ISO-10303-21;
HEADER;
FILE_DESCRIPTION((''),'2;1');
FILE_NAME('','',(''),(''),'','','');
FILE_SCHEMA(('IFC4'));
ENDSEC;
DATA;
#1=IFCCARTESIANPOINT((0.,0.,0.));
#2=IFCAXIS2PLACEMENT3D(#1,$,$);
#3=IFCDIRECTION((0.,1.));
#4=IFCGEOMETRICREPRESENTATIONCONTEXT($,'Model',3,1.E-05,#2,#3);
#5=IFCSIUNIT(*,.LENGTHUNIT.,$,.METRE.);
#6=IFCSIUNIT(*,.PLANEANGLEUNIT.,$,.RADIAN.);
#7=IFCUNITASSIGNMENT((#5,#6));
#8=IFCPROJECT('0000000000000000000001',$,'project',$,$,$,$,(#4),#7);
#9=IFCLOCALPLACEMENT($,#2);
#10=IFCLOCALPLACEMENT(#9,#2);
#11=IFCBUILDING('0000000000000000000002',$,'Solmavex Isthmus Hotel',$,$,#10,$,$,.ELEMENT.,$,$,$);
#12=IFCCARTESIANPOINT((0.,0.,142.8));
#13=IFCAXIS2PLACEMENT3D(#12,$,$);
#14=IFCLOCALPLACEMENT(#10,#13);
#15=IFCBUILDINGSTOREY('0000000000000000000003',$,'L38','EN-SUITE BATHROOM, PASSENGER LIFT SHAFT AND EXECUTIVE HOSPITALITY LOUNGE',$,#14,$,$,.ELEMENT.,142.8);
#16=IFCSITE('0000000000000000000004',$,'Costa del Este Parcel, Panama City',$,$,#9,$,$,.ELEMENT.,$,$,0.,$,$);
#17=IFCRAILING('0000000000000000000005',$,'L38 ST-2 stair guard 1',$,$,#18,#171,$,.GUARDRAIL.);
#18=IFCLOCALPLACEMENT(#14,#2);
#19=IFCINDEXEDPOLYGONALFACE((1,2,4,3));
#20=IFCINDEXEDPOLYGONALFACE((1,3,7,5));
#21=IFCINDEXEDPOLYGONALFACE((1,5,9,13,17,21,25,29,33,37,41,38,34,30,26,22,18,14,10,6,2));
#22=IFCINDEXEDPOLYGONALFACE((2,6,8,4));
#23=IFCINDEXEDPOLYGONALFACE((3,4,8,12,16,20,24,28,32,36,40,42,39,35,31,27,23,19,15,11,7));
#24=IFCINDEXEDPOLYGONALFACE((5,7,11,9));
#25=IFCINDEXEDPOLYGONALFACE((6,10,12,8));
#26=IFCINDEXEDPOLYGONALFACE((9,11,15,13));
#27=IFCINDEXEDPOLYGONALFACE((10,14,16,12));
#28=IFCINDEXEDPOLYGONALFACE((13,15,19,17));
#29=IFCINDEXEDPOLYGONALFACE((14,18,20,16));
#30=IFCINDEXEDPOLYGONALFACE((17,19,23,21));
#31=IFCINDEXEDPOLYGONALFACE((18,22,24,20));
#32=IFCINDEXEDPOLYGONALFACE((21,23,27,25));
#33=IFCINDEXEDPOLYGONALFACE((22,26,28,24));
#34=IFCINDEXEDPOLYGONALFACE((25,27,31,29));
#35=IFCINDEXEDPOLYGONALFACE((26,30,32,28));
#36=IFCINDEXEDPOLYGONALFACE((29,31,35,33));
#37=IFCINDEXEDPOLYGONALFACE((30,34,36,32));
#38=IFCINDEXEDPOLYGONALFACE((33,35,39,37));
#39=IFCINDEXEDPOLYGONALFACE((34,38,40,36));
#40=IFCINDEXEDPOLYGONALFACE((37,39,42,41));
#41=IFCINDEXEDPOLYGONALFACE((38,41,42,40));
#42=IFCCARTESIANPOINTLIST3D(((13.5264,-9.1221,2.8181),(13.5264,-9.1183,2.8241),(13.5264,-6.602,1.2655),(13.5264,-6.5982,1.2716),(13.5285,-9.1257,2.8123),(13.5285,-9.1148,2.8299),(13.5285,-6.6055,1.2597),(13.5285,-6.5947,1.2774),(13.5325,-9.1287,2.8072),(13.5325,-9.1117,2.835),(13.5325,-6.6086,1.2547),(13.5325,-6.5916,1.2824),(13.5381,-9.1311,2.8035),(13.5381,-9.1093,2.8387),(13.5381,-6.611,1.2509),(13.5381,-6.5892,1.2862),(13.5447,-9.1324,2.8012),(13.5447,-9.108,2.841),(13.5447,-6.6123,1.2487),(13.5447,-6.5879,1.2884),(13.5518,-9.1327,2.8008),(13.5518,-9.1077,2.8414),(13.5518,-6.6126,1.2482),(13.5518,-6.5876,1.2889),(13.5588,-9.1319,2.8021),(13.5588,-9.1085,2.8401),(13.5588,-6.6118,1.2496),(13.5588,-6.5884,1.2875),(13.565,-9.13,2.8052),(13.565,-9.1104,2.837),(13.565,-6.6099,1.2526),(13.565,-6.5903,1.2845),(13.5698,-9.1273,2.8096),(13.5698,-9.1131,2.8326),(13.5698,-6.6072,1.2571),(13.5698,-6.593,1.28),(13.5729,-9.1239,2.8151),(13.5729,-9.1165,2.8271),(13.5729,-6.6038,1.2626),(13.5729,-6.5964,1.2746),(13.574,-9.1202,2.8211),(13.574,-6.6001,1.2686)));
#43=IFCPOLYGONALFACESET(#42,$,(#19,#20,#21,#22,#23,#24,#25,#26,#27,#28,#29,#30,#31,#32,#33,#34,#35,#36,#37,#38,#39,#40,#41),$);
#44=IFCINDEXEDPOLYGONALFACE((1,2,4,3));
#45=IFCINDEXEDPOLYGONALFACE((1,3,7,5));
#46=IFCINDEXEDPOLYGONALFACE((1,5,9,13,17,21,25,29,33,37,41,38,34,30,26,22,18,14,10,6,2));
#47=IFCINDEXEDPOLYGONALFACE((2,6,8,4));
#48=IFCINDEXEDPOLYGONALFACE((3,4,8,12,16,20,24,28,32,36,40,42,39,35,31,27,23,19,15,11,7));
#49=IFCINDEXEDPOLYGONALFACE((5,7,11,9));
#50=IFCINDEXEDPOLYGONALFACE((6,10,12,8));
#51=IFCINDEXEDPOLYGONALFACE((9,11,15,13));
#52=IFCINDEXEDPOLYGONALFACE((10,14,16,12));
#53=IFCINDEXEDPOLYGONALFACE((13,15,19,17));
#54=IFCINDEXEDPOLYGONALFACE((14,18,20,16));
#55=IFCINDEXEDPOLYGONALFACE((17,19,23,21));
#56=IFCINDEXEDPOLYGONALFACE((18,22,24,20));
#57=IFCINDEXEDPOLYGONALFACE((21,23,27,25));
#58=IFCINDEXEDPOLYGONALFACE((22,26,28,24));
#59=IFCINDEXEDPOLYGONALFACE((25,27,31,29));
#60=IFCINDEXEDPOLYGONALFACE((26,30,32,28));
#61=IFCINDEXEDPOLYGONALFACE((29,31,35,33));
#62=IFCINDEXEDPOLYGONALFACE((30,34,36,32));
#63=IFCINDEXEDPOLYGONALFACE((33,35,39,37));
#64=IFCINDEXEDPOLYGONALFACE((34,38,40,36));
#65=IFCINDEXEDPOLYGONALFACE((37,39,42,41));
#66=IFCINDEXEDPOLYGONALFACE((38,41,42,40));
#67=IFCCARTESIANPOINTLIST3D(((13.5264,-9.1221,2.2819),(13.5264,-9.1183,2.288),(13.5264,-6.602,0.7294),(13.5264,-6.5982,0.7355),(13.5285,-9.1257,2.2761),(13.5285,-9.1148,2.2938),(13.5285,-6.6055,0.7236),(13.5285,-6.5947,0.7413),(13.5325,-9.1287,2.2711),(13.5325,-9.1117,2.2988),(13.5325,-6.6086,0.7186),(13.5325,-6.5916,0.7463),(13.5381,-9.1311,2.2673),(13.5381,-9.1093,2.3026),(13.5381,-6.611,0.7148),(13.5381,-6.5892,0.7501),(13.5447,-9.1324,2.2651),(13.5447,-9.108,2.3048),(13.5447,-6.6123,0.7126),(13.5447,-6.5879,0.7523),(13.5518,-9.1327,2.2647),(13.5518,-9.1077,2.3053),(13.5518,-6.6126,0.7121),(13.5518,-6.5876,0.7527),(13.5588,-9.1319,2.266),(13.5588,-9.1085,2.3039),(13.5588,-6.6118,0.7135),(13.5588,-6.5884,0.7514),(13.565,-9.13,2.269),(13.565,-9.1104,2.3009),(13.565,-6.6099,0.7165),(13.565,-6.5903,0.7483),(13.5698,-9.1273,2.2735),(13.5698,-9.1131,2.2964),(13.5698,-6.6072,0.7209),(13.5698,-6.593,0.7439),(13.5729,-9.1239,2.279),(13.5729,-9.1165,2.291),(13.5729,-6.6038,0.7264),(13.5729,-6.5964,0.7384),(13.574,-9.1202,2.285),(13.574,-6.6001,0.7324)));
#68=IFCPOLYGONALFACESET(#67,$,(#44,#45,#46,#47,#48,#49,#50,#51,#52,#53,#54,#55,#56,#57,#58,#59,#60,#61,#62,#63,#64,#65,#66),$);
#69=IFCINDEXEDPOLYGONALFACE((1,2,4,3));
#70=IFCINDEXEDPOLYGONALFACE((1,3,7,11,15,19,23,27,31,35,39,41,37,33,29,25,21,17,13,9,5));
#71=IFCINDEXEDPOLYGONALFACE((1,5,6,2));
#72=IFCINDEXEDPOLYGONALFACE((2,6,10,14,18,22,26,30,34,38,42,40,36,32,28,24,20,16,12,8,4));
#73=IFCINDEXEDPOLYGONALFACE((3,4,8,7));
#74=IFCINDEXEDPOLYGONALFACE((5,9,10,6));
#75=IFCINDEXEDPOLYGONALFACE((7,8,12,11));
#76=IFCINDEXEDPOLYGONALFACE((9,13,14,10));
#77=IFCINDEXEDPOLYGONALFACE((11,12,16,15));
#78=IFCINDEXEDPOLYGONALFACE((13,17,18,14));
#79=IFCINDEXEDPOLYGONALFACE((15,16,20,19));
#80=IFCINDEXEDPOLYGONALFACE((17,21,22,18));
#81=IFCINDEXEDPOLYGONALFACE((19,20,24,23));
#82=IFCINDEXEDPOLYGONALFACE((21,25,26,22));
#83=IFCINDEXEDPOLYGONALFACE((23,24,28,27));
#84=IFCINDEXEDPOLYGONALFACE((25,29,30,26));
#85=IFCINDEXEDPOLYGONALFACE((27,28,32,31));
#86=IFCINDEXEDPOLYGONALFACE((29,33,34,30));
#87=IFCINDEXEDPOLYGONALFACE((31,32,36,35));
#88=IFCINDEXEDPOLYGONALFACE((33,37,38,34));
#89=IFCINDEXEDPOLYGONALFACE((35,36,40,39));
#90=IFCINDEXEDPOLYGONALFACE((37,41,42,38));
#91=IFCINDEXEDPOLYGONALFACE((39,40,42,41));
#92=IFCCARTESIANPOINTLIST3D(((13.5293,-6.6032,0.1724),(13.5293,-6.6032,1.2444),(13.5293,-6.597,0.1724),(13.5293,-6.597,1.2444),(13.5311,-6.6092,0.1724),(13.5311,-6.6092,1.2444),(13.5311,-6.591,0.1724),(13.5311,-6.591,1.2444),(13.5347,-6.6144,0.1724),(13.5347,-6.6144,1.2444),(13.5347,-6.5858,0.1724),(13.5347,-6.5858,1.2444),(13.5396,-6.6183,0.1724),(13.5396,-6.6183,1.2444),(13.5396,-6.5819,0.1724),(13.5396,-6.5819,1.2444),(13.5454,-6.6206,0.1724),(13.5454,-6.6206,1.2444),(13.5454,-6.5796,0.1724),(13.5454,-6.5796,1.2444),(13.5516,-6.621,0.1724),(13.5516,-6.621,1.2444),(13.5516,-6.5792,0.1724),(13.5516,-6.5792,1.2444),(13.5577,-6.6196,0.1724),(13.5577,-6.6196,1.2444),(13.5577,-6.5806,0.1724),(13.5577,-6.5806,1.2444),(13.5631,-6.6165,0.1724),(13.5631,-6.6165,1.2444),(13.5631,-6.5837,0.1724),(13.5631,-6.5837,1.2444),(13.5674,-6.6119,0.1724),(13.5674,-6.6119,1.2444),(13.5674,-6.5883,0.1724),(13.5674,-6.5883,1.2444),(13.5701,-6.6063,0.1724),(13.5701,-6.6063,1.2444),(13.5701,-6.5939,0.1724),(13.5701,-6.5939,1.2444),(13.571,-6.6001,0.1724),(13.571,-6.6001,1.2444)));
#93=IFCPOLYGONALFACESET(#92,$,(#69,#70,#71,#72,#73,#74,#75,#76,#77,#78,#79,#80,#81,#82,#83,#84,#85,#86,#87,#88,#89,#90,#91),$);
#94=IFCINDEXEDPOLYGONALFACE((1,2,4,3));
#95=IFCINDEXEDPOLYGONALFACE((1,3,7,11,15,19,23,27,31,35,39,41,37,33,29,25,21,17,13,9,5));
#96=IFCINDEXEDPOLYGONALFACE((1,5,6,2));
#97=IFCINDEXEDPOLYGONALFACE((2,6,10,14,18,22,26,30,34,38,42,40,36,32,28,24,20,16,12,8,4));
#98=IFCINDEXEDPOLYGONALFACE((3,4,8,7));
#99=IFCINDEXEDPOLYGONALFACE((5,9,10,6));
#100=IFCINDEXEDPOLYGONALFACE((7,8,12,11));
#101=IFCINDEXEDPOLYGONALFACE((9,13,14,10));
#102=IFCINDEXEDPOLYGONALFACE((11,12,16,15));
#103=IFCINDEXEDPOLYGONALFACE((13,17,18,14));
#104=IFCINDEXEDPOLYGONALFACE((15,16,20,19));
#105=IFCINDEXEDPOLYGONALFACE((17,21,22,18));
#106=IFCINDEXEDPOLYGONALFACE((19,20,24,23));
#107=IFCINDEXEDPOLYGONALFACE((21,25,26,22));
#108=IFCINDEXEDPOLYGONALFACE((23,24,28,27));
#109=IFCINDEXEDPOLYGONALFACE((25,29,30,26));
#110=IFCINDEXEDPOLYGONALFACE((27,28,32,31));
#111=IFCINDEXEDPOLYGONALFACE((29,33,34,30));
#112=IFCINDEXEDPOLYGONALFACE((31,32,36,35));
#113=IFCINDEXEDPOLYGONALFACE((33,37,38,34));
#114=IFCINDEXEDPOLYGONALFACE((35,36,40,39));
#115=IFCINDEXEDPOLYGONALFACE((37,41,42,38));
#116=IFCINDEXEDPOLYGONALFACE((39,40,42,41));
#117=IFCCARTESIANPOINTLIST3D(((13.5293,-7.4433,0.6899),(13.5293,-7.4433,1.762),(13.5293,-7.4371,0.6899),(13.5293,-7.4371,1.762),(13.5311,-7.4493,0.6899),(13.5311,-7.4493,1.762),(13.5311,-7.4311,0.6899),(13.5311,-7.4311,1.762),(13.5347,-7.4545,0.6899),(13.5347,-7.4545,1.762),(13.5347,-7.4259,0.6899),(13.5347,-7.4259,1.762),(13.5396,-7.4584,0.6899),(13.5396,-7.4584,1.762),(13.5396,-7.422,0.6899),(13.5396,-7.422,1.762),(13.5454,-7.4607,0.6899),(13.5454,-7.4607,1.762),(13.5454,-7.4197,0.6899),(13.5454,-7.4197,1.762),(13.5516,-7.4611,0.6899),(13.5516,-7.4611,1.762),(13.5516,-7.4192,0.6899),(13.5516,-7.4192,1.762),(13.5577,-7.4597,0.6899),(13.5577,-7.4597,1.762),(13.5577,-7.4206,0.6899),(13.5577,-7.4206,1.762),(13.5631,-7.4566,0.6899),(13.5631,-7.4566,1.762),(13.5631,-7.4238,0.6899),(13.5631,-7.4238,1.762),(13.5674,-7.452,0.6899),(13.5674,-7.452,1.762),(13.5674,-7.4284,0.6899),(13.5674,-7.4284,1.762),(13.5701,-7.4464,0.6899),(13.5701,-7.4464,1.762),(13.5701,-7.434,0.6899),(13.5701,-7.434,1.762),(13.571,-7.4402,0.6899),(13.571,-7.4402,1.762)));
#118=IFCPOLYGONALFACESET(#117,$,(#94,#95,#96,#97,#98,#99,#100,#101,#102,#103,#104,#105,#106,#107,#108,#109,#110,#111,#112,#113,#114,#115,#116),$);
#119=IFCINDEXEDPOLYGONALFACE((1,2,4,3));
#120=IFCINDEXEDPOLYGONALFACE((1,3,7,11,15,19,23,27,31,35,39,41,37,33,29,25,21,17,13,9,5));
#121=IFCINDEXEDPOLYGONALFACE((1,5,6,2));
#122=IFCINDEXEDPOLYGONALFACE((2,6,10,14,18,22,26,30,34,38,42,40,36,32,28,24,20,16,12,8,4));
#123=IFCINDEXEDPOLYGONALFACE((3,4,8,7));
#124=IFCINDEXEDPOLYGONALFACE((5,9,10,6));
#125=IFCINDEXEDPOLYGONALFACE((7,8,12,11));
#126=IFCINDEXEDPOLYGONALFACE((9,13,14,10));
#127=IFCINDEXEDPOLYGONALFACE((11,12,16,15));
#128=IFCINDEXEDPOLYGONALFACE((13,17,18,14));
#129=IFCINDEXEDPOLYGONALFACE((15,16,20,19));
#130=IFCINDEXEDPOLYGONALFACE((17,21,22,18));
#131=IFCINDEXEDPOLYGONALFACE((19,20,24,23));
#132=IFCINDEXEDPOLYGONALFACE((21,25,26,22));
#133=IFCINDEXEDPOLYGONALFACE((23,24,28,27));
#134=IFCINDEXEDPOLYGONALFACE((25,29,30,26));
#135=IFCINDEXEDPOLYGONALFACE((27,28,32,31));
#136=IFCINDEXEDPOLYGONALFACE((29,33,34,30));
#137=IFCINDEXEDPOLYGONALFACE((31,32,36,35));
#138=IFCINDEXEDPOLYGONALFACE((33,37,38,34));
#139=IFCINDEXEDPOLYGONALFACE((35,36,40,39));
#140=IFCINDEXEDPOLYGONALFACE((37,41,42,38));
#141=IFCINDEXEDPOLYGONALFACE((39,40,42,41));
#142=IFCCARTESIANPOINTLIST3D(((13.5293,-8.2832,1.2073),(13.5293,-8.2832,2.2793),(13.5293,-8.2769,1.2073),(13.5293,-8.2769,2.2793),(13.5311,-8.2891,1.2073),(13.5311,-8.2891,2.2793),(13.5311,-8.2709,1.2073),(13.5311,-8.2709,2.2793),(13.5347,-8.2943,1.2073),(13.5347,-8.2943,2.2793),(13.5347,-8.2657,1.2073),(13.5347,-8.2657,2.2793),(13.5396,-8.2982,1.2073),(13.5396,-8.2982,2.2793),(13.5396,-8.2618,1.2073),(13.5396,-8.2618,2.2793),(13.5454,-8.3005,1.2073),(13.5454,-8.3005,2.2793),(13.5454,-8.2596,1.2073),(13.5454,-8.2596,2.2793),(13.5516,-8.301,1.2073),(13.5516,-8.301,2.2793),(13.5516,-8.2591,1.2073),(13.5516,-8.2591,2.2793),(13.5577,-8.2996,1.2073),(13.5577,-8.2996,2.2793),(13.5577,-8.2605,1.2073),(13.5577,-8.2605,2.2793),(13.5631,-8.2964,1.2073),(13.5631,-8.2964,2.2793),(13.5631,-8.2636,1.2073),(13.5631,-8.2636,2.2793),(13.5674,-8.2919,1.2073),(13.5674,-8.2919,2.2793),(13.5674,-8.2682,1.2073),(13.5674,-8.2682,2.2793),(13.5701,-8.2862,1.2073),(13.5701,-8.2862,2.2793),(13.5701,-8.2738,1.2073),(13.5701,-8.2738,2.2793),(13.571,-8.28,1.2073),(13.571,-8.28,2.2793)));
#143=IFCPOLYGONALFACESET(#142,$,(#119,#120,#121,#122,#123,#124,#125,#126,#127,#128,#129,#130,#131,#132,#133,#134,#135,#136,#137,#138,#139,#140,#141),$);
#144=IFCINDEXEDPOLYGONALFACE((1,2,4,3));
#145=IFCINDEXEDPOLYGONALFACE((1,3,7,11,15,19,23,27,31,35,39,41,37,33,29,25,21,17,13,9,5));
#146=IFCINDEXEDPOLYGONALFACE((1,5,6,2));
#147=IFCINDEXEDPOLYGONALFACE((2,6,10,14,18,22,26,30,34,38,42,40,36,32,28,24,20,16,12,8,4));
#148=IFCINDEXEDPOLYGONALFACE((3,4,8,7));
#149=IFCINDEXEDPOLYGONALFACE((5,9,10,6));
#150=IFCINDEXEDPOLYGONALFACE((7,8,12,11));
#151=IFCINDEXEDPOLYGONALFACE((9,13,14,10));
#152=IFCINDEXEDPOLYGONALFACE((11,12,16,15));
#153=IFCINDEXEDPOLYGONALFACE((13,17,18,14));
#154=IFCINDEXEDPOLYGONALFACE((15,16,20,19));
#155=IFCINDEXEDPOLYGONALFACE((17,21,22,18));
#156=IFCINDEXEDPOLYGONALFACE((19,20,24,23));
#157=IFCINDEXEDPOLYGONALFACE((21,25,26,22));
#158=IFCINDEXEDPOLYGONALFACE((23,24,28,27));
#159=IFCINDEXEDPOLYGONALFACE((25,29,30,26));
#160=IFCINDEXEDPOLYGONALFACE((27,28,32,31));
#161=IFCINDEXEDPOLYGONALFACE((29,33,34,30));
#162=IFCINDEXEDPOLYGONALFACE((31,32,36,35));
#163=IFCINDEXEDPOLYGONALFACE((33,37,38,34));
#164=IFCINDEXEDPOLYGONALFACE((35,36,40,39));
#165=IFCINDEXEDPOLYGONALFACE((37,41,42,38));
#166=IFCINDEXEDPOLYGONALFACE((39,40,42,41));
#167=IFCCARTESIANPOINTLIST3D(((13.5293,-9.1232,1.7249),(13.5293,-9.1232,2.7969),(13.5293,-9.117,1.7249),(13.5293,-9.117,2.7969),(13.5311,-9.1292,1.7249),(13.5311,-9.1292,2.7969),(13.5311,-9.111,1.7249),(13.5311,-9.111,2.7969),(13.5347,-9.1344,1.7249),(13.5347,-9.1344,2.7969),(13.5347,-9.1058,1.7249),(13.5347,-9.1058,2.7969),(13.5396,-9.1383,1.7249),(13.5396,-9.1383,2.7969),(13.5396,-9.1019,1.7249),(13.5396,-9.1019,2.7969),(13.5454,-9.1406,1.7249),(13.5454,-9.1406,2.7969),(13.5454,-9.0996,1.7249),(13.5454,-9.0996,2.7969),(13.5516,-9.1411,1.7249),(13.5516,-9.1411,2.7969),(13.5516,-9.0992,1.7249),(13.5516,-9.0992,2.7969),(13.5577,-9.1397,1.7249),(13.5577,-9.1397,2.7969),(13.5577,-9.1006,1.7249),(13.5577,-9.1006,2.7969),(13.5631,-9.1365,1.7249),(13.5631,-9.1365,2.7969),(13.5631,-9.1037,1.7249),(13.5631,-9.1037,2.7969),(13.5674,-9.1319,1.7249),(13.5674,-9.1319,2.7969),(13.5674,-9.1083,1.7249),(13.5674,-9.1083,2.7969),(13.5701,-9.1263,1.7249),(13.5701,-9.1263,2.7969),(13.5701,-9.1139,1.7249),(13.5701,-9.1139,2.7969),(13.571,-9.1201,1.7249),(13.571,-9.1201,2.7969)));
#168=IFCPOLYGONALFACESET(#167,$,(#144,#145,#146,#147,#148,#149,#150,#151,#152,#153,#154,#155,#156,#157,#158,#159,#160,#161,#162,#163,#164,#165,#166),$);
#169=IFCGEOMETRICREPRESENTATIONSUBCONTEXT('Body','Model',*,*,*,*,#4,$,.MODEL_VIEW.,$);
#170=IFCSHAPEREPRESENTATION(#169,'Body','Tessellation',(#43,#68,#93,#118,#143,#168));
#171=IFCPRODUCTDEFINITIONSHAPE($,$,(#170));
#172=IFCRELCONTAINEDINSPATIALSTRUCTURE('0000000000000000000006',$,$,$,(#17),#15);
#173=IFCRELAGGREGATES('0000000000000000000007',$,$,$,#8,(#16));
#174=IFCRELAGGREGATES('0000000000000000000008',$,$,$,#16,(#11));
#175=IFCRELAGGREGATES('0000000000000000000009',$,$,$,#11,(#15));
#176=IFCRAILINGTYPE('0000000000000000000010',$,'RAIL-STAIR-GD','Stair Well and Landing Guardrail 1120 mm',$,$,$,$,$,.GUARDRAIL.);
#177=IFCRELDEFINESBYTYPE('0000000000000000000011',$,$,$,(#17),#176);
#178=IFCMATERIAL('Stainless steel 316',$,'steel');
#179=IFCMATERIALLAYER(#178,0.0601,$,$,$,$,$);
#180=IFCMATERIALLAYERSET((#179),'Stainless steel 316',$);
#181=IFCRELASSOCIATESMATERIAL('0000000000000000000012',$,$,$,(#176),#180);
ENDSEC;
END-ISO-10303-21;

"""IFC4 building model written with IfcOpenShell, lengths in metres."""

from ifc_helpers import new_model, si_unit, direction, frame, origin, origin_2d, place, context, subcontext, project, spatial, circle, extrude, material, layer, layer_set, type_object, element, save


model = new_model("IFC4")

# Units and contexts
model_context = context("Model", 3, precision=1e-05, world=origin(), true_north=direction((0.0, 1.0)))
body_context = subcontext(model_context, "Body", "Model", "MODEL_VIEW")
ifc_project = project(units=[si_unit("LENGTHUNIT", "METRE"), si_unit("PLANEANGLEUNIT", "RADIAN")], contexts=[model_context])

# Site, building, storey
site_placement = place(None, origin())
site = spatial("IfcSite", under=ifc_project, at=site_placement, Name="Costa del Este Parcel, Panama City", CompositionType="ELEMENT", RefElevation=0.0)
building_placement = place(site_placement, origin())
building = spatial("IfcBuilding", under=site, at=building_placement, Name="Solmavex Isthmus Hotel", CompositionType="ELEMENT")
storey_placement = place(building_placement, frame((0.0, 0.0, 142.8)))
storey = spatial("IfcBuildingStorey", under=building, at=storey_placement, Name="L38", Description="EN-SUITE BATHROOM, PASSENGER LIFT SHAFT AND EXECUTIVE HOSPITALITY LOUNGE", CompositionType="ELEMENT", Elevation=142.8)

# Shared definitions
ifc_material_1 = material(Name="Stainless steel 316", Category="steel")

# Railing
ifc_layer_1 = layer(ifc_material_1, 0.0601)
ifc_layer_set_1 = layer_set([ifc_layer_1], Name="Stainless steel 316")
railing_type_1 = type_object("IfcRailingType", Name="RAIL-STAIR-GD", Description="Stair Well and Landing Guardrail 1120 mm", PredefinedType="GUARDRAIL", material=ifc_layer_set_1)
railing_1_placement = place(storey_placement, frame((13.55, -6.6001, 0.1724)))
element("IfcRailing", 1, at=railing_1_placement, inside=storey, type_object=railing_type_1, Name="L38 ST-2 stair guard 1", PredefinedType="GUARDRAIL", context=body_context, shape_type="SweptSolid", body=[
    extrude(circle(Radius=0.0239, at=origin_2d()), frame((0.0, 0.0, 1.0962), z_axis=(0.0, -0.8514, 0.524516), x_axis=(1.0, 0.0, 0.0)), (0.0, 0.0, 1.0), 2.96),
    extrude(circle(Radius=0.0239, at=origin_2d()), frame((0.0, 0.0, 0.5601), z_axis=(0.0, -0.8514, 0.524516), x_axis=(1.0, 0.0, 0.0)), (0.0, 0.0, 1.0), 2.96),
    extrude(circle(Radius=0.021, at=origin_2d()), origin(), (0.0, 0.0, 1.0), 1.072),
    extrude(circle(Radius=0.021, at=origin_2d()), frame((0.0, -0.8401, 0.5176)), (0.0, 0.0, 1.0), 1.072),
    extrude(circle(Radius=0.021, at=origin_2d()), frame((0.0, -1.6799, 1.0349)), (0.0, 0.0, 1.0), 1.072),
    extrude(circle(Radius=0.021, at=origin_2d()), frame((0.0, -2.52, 1.5525)), (0.0, 0.0, 1.0), 1.072),
])

save(model, "model.ifc")
